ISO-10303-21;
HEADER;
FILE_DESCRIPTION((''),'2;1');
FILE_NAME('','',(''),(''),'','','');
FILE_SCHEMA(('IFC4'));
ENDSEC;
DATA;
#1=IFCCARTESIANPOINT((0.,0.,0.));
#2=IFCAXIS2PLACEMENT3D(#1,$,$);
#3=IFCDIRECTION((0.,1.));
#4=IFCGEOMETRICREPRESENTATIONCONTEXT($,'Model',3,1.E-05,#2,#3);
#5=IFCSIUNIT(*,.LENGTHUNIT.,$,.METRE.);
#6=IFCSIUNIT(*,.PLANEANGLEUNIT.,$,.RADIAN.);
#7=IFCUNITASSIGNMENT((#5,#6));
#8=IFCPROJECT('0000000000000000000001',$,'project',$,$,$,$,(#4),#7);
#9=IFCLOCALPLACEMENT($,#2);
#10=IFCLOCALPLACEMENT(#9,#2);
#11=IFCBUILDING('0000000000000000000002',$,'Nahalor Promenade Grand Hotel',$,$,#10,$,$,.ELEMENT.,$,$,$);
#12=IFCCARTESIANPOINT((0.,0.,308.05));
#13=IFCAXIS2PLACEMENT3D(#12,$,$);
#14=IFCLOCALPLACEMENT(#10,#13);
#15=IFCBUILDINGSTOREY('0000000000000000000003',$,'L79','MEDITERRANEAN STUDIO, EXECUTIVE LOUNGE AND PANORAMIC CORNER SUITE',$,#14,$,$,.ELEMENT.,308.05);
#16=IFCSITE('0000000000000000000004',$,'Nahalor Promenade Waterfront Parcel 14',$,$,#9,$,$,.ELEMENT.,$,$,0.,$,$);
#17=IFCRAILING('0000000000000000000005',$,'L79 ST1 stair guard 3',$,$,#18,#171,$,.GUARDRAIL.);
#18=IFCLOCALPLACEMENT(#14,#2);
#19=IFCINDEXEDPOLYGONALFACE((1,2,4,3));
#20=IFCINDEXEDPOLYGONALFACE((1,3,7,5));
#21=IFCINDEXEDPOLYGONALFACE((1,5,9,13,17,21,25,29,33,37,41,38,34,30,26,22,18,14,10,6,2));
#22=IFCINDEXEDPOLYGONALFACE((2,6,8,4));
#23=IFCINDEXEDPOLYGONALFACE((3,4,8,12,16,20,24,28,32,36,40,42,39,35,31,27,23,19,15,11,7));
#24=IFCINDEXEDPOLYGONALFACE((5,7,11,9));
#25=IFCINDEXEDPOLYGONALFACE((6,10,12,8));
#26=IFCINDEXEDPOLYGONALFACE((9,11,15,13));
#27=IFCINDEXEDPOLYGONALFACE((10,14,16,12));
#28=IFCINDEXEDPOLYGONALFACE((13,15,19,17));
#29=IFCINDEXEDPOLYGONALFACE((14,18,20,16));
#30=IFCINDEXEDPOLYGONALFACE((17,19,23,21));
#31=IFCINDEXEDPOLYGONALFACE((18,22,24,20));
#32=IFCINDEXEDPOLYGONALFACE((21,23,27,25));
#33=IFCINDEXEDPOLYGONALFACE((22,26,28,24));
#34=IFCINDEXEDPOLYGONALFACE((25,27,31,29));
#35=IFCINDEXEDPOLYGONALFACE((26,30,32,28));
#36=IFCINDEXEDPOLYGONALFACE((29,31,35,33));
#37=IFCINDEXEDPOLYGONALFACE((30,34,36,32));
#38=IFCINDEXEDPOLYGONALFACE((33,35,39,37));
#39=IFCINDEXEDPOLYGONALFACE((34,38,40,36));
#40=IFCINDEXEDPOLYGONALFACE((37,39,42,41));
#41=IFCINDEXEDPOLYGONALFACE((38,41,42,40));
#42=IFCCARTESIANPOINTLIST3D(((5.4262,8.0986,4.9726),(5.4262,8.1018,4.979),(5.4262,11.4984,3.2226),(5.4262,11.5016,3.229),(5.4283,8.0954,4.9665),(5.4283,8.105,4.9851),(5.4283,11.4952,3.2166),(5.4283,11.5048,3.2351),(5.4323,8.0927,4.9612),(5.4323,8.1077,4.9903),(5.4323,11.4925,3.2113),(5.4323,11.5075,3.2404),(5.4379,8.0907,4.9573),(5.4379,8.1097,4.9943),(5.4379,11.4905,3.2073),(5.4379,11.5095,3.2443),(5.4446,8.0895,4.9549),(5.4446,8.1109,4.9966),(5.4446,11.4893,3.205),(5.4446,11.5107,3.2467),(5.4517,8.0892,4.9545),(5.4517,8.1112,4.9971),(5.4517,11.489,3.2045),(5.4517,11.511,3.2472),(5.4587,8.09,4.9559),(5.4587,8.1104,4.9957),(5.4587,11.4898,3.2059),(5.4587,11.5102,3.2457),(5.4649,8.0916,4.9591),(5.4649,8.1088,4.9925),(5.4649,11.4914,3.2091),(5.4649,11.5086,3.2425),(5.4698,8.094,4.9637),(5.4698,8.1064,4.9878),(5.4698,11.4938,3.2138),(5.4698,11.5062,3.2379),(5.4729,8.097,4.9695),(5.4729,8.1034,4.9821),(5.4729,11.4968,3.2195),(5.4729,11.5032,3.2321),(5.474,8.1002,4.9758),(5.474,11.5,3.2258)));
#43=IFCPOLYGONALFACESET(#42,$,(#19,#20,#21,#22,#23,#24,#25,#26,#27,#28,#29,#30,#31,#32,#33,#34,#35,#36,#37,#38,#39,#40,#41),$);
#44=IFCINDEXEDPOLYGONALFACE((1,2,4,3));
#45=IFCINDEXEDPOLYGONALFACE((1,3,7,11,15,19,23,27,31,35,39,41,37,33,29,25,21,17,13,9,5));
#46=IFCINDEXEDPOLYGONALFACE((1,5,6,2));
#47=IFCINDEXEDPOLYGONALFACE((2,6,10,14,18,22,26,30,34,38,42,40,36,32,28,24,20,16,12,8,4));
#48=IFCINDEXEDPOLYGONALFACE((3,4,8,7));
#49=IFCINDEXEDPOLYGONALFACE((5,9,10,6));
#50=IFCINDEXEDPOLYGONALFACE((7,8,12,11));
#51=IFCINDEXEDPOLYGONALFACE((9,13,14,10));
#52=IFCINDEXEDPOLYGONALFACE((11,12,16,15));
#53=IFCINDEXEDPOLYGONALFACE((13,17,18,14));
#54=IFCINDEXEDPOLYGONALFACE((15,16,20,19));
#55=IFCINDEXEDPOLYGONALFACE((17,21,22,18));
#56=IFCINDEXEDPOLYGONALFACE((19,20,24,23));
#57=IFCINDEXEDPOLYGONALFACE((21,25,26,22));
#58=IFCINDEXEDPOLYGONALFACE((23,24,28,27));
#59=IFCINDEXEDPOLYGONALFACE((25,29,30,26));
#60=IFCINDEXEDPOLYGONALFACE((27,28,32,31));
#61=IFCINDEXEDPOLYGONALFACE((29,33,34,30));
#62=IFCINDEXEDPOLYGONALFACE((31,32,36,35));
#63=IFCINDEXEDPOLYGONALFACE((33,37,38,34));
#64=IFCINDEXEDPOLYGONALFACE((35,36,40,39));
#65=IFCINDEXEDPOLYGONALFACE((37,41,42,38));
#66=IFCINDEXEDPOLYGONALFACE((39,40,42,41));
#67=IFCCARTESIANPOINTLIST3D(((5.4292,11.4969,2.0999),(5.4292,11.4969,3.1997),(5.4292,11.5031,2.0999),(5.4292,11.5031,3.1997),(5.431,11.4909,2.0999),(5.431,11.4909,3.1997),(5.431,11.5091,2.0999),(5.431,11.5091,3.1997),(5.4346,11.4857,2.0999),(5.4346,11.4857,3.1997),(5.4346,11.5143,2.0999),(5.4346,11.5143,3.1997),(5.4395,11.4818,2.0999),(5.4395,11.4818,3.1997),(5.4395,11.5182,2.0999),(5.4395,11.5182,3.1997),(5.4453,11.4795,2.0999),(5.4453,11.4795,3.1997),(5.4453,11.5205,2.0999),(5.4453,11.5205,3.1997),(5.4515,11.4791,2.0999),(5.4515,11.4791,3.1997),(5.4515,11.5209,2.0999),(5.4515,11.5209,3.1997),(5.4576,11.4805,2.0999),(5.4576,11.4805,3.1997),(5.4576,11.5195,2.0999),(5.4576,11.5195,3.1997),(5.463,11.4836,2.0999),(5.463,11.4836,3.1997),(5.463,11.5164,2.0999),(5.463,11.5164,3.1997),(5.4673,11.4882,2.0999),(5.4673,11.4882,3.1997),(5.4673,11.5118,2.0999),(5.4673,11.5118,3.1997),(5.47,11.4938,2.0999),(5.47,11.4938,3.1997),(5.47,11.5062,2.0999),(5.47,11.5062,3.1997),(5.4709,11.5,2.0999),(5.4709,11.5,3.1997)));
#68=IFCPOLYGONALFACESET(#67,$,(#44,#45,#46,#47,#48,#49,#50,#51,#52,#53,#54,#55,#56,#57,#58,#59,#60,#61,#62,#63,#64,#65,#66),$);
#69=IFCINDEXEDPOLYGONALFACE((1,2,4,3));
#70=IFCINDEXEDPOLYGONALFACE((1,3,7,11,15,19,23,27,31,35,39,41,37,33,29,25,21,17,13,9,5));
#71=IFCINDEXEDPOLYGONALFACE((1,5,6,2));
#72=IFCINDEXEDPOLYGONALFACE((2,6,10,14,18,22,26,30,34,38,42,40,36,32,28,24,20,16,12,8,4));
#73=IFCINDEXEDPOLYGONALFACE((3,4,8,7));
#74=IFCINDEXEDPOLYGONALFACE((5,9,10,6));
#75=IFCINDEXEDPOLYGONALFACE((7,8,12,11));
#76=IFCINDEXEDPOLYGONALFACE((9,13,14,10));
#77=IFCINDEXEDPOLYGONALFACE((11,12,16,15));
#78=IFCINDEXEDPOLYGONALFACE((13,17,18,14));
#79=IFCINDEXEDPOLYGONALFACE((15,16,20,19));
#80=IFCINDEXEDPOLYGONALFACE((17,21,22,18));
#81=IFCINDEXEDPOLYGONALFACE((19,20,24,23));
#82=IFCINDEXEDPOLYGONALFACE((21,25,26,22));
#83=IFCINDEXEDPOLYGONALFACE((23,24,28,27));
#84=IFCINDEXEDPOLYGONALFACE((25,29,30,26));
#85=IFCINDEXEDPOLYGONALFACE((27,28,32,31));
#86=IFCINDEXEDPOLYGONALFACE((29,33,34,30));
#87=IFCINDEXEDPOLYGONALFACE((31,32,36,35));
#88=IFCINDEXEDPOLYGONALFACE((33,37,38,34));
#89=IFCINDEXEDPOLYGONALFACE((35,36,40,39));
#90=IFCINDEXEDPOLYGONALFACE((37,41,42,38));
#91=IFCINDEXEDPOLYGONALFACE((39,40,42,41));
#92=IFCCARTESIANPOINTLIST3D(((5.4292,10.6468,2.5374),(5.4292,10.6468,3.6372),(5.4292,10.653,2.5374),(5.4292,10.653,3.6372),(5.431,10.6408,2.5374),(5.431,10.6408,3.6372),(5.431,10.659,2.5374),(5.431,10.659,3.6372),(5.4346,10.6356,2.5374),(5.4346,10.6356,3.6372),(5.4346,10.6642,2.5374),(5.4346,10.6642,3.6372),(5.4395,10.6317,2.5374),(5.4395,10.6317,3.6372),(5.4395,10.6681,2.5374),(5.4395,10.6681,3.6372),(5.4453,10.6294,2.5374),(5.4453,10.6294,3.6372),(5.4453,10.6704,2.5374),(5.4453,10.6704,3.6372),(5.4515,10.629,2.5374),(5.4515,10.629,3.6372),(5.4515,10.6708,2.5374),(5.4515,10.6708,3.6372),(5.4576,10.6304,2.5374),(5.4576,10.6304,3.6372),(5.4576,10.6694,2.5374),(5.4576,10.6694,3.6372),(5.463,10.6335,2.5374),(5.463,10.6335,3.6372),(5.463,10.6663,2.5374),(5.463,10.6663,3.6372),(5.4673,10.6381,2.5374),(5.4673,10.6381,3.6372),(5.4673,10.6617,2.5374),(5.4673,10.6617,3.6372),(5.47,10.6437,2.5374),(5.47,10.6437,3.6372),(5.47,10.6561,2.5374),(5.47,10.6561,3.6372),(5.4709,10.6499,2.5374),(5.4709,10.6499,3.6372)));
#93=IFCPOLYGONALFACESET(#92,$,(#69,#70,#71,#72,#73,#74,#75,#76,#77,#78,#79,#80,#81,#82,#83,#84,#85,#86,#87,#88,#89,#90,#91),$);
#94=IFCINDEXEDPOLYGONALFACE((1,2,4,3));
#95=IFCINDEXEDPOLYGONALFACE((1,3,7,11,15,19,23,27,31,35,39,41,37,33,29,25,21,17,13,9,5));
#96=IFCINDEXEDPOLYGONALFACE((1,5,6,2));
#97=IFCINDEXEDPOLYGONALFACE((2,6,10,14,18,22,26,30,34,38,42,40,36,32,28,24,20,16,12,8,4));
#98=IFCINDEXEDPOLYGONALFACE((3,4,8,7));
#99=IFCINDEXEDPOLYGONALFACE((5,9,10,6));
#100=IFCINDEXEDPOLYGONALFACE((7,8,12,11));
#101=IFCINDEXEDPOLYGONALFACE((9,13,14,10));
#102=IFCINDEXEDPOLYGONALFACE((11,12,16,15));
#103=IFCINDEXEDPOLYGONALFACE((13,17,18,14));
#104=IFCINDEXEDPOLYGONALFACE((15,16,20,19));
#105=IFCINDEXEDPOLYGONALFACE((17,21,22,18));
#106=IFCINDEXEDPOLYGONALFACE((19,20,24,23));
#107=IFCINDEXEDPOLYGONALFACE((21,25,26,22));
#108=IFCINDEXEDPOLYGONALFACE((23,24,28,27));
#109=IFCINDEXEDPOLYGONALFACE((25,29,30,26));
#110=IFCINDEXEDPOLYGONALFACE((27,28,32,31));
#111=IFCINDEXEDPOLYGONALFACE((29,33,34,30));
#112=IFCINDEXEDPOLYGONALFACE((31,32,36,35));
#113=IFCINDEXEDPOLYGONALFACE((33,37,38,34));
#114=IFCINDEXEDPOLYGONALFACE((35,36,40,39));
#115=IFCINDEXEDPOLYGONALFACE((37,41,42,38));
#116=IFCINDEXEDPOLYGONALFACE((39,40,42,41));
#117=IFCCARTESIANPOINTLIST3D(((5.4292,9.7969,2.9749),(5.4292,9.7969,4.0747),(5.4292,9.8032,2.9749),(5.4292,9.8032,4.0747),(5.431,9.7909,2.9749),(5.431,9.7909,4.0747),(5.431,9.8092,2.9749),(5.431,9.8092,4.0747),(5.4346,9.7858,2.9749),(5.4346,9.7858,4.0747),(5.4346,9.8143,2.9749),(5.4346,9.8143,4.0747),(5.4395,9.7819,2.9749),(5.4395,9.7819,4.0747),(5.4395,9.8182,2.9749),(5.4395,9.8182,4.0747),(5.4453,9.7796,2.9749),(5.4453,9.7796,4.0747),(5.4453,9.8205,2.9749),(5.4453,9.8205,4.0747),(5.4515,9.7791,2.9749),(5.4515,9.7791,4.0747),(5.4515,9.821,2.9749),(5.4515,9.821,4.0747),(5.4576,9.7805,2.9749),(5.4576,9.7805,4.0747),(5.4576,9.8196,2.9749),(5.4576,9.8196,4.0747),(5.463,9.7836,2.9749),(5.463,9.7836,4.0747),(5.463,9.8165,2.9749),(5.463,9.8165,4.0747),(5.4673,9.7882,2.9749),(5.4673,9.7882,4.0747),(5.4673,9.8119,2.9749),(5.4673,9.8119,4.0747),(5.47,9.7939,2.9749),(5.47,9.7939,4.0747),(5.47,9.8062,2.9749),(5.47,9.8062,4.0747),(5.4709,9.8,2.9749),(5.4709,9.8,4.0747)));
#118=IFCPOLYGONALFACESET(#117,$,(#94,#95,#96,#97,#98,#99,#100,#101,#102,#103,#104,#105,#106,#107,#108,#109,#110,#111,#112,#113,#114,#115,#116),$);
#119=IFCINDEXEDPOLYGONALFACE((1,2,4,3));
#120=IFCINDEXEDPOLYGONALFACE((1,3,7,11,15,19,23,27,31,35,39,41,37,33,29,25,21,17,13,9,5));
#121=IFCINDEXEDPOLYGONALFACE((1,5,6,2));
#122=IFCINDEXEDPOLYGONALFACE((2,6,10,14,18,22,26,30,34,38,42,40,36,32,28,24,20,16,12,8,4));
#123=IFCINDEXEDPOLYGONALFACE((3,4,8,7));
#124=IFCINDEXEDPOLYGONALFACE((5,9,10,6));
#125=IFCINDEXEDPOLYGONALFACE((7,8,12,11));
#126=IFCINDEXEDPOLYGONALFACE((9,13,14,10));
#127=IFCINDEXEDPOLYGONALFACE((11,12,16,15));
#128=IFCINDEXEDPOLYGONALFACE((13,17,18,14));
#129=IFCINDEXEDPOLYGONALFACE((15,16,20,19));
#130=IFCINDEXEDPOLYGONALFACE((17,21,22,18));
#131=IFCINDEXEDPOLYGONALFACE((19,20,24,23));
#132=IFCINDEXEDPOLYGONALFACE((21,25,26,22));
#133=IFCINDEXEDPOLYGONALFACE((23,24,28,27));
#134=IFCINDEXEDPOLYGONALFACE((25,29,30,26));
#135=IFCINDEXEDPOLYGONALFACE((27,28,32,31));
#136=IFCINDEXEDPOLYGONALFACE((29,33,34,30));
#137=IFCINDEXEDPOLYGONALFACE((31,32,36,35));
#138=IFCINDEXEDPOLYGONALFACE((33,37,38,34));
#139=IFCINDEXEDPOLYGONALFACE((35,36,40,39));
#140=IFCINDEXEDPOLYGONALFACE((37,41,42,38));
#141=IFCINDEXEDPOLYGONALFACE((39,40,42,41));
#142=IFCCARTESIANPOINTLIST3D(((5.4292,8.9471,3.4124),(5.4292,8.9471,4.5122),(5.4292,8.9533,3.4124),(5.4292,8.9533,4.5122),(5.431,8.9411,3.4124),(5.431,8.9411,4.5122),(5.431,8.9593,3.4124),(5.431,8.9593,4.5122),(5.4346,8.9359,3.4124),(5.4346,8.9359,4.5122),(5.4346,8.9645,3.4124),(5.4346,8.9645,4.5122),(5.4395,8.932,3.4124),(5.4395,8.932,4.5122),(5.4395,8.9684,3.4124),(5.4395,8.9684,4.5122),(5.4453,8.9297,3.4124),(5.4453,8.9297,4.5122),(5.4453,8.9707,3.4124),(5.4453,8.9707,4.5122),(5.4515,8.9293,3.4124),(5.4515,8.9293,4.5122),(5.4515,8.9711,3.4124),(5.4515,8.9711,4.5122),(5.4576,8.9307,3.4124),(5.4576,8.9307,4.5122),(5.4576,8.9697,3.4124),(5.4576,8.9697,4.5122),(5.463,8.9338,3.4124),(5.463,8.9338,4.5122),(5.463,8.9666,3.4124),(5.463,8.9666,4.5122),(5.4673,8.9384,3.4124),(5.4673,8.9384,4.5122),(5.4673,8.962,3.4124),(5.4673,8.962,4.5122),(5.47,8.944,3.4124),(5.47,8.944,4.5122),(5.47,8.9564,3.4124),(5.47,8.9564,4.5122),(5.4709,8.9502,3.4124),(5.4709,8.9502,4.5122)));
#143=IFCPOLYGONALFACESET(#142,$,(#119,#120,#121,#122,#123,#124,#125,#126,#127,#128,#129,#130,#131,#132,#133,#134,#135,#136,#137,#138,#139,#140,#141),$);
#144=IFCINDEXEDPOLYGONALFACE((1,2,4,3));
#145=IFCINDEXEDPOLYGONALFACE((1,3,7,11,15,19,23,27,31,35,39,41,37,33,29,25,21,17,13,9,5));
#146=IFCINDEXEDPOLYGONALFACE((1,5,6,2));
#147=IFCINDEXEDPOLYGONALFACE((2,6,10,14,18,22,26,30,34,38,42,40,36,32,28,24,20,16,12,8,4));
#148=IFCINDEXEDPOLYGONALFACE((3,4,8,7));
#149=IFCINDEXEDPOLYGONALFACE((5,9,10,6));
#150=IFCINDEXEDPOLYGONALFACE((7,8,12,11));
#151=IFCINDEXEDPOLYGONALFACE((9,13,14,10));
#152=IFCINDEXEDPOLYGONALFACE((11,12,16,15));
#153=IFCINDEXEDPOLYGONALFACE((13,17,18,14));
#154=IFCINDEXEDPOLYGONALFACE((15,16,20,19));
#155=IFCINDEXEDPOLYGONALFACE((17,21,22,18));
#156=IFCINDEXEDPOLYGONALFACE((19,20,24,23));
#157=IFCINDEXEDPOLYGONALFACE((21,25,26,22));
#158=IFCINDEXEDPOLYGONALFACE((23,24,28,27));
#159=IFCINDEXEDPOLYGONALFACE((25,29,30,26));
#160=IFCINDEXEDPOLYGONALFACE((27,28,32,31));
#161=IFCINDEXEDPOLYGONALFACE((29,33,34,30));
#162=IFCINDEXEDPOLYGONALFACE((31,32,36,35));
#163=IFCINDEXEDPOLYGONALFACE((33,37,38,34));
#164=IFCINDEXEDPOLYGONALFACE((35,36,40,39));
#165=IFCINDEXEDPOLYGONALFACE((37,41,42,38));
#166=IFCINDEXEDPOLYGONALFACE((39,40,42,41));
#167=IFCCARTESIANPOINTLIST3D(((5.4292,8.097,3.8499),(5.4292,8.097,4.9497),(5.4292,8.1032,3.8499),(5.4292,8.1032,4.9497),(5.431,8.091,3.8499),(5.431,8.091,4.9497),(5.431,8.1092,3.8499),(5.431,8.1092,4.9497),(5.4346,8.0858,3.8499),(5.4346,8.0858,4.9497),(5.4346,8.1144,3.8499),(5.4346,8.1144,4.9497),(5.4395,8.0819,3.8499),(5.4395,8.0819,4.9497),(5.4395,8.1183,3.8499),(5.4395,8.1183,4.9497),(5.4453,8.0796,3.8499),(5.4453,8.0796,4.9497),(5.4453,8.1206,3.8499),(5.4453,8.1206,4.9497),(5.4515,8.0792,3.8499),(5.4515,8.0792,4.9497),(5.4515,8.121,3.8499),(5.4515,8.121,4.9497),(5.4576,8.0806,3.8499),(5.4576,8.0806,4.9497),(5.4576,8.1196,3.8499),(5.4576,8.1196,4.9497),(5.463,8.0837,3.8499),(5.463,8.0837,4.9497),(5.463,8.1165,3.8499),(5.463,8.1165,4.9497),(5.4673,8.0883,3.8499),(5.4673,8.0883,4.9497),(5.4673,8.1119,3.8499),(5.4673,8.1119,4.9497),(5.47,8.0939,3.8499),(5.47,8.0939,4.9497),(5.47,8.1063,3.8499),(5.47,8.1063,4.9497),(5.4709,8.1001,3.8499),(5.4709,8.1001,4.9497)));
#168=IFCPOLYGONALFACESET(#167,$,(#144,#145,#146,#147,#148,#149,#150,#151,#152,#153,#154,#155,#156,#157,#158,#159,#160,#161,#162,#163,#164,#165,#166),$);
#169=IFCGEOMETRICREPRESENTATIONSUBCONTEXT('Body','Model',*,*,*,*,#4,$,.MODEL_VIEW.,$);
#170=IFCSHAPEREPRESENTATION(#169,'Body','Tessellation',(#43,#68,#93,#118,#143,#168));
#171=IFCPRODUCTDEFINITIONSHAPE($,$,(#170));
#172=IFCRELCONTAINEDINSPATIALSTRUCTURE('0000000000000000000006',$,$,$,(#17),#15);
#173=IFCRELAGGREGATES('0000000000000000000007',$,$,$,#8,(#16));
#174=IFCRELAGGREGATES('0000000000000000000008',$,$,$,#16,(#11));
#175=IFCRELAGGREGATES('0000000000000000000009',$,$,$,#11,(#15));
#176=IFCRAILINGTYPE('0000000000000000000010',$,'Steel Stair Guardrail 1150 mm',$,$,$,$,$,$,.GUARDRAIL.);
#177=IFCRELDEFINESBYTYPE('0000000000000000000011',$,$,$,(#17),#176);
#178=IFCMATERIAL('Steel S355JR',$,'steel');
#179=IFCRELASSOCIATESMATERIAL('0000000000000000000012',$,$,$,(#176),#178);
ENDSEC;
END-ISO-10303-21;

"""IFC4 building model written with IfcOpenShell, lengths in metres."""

from ifc_helpers import new_model, si_unit, direction, frame, origin, origin_2d, place, context, subcontext, project, spatial, circle, extrude, material, type_object, element, save


model = new_model("IFC4")

# Units and contexts
model_context = context("Model", 3, precision=1e-05, world=origin(), true_north=direction((0.0, 1.0)))
body_context = subcontext(model_context, "Body", "Model", "MODEL_VIEW")
ifc_project = project(units=[si_unit("LENGTHUNIT", "METRE"), si_unit("PLANEANGLEUNIT", "RADIAN")], contexts=[model_context])

# Site, building, storey
site_placement = place(None, origin())
site = spatial("IfcSite", under=ifc_project, at=site_placement, Name="Nahalor Promenade Waterfront Parcel 14", CompositionType="ELEMENT", RefElevation=0.0)
building_placement = place(site_placement, origin())
building = spatial("IfcBuilding", under=site, at=building_placement, Name="Nahalor Promenade Grand Hotel", CompositionType="ELEMENT")
storey_placement = place(building_placement, frame((0.0, 0.0, 308.05)))
storey = spatial("IfcBuildingStorey", under=building, at=storey_placement, Name="L79", Description="MEDITERRANEAN STUDIO, EXECUTIVE LOUNGE AND PANORAMIC CORNER SUITE", CompositionType="ELEMENT", Elevation=308.05)

# Shared definitions
ifc_material_1 = material(Name="Steel S355JR", Category="steel")

# Railing
railing_type_1 = type_object("IfcRailingType", Name="Steel Stair Guardrail 1150 mm", PredefinedType="GUARDRAIL", material=ifc_material_1)
railing_1_placement = place(storey_placement, frame((5.45, 11.5, 2.0999)))
element("IfcRailing", 1, at=railing_1_placement, inside=storey, type_object=railing_type_1, Name="L79 ST1 stair guard 3", PredefinedType="GUARDRAIL", context=body_context, shape_type="SweptSolid", body=[
    extrude(circle(Radius=0.024, at=origin_2d()), frame((0.0, 0.0, 1.126), z_axis=(0.0, -0.88913, 0.457654), x_axis=(1.0, 0.0, 0.0)), (0.0, 0.0, 1.0), 3.8237),
    extrude(circle(Radius=0.021, at=origin_2d()), origin(), (0.0, 0.0, 1.0), 1.0999),
    extrude(circle(Radius=0.021, at=origin_2d()), frame((0.0, -0.8501, 0.4375)), (0.0, 0.0, 1.0), 1.0999),
    extrude(circle(Radius=0.021, at=origin_2d()), frame((0.0, -1.7, 0.875)), (0.0, 0.0, 1.0), 1.0999),
    extrude(circle(Radius=0.021, at=origin_2d()), frame((0.0, -2.5498, 1.3125)), (0.0, 0.0, 1.0), 1.0999),
    extrude(circle(Radius=0.021, at=origin_2d()), frame((0.0, -3.3999, 1.75)), (0.0, 0.0, 1.0), 1.0999),
])

save(model, "model.ifc")
